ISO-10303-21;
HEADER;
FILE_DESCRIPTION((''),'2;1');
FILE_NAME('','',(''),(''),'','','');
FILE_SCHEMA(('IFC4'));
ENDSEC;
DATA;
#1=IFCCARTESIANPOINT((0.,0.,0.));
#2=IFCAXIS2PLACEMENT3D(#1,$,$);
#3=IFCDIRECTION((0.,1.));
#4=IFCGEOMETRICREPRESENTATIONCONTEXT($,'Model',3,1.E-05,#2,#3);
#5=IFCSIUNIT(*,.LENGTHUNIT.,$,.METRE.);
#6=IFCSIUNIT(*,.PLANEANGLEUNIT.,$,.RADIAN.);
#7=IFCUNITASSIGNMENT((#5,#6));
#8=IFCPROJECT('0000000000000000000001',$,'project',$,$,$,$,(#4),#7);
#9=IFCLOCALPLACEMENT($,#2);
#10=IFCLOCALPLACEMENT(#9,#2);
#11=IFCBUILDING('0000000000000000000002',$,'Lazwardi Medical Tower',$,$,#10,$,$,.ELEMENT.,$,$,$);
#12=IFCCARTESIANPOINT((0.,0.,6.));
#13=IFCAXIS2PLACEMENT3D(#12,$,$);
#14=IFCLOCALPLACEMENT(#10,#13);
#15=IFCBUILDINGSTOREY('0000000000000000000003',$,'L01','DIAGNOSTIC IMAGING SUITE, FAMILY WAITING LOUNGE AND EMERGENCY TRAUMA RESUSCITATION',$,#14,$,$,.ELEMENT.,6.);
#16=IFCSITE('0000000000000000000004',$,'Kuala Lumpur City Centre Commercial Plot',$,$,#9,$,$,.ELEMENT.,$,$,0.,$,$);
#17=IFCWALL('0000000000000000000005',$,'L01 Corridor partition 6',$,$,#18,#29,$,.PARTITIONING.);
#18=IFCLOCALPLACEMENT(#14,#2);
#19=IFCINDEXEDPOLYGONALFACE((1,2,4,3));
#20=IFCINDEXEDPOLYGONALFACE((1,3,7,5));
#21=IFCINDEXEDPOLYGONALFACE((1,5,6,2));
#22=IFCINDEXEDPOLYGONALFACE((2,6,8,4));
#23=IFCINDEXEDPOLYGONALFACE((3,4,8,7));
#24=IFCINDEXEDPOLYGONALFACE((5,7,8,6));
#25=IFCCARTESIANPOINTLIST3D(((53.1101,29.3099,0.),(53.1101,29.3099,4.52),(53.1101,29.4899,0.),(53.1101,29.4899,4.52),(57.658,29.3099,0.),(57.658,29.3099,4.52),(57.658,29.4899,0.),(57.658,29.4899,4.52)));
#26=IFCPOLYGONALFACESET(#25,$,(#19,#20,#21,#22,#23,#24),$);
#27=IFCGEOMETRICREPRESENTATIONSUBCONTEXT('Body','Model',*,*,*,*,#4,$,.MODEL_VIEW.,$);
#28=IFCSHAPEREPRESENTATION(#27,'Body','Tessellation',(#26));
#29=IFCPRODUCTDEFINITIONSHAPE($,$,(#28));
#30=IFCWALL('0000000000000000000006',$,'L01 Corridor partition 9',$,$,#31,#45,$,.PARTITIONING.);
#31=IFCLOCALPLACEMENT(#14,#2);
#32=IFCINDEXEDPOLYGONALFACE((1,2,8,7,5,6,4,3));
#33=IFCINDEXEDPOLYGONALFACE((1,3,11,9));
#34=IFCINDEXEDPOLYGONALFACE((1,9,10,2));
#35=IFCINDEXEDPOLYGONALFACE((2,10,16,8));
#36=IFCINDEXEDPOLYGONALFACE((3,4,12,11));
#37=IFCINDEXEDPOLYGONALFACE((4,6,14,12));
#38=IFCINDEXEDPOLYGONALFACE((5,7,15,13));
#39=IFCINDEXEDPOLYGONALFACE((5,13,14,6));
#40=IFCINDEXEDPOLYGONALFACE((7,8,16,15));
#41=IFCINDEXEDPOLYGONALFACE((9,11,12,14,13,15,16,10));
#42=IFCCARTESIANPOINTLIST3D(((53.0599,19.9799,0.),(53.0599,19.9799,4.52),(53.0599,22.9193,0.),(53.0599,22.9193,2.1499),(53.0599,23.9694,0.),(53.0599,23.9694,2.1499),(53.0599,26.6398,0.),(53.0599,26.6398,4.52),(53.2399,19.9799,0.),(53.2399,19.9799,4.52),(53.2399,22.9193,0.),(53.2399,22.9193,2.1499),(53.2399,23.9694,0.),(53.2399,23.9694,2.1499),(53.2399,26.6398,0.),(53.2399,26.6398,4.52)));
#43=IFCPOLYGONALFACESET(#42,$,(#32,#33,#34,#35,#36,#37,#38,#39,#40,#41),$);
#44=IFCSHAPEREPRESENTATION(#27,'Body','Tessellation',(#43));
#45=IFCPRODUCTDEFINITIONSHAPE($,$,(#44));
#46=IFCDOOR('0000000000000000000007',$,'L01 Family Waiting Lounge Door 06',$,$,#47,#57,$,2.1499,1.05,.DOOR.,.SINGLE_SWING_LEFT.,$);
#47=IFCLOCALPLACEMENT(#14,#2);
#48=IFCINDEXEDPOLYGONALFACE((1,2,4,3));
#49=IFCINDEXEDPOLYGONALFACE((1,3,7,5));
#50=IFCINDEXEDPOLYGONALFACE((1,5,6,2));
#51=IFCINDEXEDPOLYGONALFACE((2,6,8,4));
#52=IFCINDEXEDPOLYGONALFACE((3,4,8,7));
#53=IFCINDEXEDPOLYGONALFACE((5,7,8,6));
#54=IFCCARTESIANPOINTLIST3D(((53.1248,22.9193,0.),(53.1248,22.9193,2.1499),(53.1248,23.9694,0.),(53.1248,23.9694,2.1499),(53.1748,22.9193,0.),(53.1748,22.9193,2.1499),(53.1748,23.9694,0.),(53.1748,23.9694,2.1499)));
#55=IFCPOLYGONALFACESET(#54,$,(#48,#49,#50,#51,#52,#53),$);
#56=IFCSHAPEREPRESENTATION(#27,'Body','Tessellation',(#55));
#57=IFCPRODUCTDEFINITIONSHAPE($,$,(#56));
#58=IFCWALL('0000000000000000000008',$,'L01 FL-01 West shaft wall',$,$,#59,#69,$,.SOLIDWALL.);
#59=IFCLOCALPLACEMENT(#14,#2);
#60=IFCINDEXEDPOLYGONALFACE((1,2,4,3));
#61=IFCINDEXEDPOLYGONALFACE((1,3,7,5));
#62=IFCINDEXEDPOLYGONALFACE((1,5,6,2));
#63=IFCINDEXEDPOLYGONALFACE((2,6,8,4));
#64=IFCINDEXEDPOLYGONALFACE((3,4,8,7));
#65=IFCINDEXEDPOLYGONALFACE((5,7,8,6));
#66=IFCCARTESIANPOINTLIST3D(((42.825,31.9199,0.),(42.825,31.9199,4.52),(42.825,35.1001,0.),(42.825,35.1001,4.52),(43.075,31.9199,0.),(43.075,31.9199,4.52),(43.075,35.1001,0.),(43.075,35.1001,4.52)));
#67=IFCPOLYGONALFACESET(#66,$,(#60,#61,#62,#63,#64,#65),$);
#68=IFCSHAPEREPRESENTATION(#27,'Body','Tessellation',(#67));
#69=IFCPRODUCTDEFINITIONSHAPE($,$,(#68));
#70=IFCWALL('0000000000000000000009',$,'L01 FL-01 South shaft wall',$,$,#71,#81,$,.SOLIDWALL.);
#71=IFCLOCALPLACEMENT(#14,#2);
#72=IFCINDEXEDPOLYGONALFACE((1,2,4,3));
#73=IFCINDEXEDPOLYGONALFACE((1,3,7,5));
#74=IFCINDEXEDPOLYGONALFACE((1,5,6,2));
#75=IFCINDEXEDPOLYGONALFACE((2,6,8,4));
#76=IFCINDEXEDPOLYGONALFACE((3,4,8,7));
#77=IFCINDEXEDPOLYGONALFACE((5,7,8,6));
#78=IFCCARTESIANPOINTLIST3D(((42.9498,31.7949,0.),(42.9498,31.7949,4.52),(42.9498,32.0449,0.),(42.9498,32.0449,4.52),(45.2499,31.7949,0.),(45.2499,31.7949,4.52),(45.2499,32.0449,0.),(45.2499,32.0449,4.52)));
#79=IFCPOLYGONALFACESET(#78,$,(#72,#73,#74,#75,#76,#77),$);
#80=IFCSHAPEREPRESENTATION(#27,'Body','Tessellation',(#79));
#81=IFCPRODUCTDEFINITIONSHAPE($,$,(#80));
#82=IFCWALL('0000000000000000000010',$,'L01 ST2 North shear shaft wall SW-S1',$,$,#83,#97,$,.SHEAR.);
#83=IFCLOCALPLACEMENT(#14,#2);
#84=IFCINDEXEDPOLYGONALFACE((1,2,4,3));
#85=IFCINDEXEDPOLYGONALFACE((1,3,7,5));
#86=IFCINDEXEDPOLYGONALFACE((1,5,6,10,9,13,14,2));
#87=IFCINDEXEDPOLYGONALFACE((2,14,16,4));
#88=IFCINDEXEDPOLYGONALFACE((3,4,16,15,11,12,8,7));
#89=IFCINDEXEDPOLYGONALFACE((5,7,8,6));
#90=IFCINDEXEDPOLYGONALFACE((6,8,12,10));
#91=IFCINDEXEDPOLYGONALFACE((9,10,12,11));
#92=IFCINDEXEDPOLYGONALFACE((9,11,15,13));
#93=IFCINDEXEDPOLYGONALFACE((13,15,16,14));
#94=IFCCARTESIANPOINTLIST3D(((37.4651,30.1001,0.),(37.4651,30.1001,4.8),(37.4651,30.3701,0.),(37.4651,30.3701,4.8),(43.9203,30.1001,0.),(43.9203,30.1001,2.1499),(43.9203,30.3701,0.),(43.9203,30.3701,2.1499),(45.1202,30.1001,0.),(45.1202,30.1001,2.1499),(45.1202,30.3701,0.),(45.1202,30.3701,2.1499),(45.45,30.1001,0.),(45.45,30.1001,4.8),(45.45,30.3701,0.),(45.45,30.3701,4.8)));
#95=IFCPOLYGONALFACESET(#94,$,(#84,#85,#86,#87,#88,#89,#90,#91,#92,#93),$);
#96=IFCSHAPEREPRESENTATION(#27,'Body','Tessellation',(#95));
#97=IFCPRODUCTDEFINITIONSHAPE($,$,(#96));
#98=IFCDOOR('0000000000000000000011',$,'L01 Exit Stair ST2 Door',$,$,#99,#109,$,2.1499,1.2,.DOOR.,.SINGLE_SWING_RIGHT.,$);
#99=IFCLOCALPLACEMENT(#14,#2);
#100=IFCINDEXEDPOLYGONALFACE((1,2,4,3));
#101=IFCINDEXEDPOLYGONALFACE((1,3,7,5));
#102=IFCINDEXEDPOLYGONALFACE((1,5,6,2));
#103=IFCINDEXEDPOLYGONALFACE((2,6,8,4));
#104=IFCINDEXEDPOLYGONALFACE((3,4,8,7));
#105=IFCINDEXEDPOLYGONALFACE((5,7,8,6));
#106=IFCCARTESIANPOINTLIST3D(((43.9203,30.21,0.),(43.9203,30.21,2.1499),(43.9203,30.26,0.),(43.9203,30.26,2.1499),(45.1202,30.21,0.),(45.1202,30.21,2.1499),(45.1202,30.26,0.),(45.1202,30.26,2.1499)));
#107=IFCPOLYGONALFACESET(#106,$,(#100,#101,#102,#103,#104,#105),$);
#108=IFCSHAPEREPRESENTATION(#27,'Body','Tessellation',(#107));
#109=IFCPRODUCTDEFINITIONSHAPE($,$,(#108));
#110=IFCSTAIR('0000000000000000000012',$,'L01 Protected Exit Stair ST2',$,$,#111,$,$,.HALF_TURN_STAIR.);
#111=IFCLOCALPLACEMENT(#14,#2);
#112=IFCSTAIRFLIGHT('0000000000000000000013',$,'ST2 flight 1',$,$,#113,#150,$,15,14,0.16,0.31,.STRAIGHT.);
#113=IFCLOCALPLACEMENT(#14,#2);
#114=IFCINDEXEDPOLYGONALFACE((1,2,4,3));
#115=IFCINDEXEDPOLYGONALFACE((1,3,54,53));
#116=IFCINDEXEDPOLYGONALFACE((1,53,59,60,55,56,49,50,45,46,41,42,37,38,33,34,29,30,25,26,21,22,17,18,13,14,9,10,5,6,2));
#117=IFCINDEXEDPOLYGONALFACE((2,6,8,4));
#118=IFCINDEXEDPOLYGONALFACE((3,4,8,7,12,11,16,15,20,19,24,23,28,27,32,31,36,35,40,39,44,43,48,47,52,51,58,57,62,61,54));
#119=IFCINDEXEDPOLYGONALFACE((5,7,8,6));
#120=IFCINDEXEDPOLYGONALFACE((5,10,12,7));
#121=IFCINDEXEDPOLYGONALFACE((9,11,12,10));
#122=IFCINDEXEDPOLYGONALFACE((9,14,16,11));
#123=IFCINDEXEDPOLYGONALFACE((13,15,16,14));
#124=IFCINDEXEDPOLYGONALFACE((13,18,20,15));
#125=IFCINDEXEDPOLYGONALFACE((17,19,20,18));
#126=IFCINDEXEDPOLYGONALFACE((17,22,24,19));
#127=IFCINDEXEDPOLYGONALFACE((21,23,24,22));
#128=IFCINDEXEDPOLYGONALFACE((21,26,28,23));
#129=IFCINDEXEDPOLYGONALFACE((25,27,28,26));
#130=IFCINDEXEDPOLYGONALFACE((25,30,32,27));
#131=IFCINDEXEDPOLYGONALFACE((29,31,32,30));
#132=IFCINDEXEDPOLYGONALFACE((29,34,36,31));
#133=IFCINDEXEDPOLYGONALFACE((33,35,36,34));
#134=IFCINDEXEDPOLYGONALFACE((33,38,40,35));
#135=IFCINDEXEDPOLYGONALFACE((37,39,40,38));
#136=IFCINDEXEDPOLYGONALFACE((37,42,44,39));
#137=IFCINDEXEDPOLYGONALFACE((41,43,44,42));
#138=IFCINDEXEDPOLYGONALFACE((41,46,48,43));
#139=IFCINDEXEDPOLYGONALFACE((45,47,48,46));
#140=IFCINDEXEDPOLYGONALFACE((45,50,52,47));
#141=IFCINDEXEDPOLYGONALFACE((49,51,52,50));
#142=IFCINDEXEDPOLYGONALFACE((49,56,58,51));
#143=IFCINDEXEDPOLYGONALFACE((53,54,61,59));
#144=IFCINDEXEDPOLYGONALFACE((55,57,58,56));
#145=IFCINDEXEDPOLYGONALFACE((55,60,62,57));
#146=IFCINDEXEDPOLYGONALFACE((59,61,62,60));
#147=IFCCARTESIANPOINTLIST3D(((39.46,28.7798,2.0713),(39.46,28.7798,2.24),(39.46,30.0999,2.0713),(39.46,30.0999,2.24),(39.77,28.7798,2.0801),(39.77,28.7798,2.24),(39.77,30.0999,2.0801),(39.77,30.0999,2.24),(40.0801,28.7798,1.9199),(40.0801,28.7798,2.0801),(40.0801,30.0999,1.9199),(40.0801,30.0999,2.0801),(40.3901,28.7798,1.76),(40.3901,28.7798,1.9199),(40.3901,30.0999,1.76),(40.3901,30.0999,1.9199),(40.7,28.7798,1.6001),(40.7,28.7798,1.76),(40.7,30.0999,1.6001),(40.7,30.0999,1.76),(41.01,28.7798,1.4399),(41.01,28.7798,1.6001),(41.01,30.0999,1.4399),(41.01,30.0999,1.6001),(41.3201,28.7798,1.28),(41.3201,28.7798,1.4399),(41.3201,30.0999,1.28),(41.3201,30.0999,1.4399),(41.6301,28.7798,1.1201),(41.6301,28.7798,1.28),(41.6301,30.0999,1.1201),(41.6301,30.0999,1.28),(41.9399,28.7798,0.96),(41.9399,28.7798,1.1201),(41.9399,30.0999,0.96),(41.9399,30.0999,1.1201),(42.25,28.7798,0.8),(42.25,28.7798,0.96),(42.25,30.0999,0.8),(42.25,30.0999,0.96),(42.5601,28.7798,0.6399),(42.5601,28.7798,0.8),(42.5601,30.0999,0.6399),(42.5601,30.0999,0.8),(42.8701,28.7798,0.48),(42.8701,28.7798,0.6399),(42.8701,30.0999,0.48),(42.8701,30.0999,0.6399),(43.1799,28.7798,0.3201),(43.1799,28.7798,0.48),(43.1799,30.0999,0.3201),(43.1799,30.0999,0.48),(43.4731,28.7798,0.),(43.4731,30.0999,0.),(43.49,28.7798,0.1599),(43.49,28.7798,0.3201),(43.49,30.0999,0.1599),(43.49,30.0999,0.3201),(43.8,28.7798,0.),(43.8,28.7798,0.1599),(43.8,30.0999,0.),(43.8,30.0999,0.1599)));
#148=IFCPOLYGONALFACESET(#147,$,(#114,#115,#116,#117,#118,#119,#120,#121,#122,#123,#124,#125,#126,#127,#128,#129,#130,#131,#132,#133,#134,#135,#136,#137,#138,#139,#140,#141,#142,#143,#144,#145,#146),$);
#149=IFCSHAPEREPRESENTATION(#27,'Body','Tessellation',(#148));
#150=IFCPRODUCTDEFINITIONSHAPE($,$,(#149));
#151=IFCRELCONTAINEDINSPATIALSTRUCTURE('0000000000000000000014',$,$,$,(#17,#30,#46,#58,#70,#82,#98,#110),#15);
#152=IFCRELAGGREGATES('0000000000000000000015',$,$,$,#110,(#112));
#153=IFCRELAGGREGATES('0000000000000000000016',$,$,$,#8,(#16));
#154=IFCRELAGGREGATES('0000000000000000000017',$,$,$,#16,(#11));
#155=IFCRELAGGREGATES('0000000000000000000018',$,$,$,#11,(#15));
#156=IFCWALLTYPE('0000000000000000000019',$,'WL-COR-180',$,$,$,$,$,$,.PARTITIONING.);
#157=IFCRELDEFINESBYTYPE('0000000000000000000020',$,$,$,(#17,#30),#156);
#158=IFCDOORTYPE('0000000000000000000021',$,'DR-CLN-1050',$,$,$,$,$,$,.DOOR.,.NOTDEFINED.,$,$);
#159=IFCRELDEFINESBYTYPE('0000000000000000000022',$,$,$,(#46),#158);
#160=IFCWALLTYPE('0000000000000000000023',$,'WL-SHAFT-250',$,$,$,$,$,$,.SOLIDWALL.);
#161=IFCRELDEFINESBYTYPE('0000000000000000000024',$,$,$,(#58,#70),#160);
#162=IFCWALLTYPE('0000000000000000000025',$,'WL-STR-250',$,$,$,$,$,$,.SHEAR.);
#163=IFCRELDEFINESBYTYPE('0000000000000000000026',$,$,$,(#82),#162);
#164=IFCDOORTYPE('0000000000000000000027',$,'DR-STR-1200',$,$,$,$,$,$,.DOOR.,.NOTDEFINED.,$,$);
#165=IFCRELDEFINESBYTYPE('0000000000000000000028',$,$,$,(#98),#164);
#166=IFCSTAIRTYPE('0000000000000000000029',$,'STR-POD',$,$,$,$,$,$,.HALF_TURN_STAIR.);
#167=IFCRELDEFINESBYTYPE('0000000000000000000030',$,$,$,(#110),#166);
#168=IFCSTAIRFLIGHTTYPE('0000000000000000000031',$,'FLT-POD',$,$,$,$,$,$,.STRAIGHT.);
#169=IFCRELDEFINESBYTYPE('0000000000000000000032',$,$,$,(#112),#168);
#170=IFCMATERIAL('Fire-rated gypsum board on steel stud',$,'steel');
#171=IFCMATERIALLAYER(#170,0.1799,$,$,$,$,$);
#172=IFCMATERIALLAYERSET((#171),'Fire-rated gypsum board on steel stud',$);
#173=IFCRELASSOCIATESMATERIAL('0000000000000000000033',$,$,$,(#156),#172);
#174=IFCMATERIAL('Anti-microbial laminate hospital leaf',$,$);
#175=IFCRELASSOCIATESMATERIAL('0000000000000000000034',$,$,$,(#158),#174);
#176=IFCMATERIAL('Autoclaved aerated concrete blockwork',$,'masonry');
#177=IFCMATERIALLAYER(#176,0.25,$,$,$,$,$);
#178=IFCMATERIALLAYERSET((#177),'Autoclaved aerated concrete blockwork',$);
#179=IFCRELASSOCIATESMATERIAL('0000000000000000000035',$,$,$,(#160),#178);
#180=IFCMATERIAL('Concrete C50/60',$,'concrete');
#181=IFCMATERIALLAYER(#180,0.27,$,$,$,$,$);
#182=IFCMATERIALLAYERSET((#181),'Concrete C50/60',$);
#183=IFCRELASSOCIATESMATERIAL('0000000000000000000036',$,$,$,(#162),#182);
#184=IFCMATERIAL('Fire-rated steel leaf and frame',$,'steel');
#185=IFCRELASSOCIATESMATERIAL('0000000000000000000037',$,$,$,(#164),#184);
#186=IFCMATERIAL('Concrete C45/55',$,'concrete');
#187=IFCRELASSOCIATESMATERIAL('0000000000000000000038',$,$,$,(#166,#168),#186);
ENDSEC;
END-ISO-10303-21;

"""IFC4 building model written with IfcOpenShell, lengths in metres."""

from ifc_helpers import new_model, si_unit, direction, frame, frame_2d, origin, place, context, subcontext, project, spatial, polyline, rectangle, outline, extrude, material, layer, layer_set, type_object, element, fill, aggregate, save


model = new_model("IFC4")

# Units and contexts
model_context = context("Model", 3, precision=1e-05, world=origin(), true_north=direction((0.0, 1.0)))
body_context = subcontext(model_context, "Body", "Model", "MODEL_VIEW")
ifc_project = project(units=[si_unit("LENGTHUNIT", "METRE"), si_unit("PLANEANGLEUNIT", "RADIAN")], contexts=[model_context])

# Site, building, storey
site_placement = place(None, origin())
site = spatial("IfcSite", under=ifc_project, at=site_placement, Name="Kuala Lumpur City Centre Commercial Plot", CompositionType="ELEMENT", RefElevation=0.0)
building_placement = place(site_placement, origin())
building = spatial("IfcBuilding", under=site, at=building_placement, Name="Lazwardi Medical Tower", CompositionType="ELEMENT")
storey_placement = place(building_placement, frame((0.0, 0.0, 6.0)))
storey = spatial("IfcBuildingStorey", under=building, at=storey_placement, Name="L01", Description="DIAGNOSTIC IMAGING SUITE, FAMILY WAITING LOUNGE AND EMERGENCY TRAUMA RESUSCITATION", CompositionType="ELEMENT", Elevation=6.0)

# Wall
ifc_material_1 = material(Name="Fire-rated gypsum board on steel stud", Category="steel")
ifc_layer_1 = layer(ifc_material_1, 0.1799)
ifc_layer_set_1 = layer_set([ifc_layer_1], Name="Fire-rated gypsum board on steel stud")
wall_type_1 = type_object("IfcWallType", Name="WL-COR-180", PredefinedType="PARTITIONING", material=ifc_layer_set_1)
wall_1_placement = place(storey_placement, frame((53.1101, 29.3999, 0.0), z_axis=(0.0, 0.0, 1.0), x_axis=(1.0, 0.0, 0.0)))
element("IfcWall", 1, at=wall_1_placement, inside=storey, type_object=wall_type_1, Name="L01 Corridor partition 6", PredefinedType="PARTITIONING", context=body_context, shape_type="SweptSolid", body=[
    extrude(rectangle(XDim=4.5479, YDim=0.1799, at=frame_2d((2.2739, 0.0))), origin(), (0.0, 0.0, 1.0), 4.52),
])

# Wall, opening, door
wall_2_placement = place(storey_placement, frame((53.1499, 26.6399, 0.0), z_axis=(0.0, 0.0, 1.0), x_axis=(0.0, -1.0, 0.0)))
wall_2 = element("IfcWall", 2, at=wall_2_placement, inside=storey, type_object=wall_type_1, Name="L01 Corridor partition 9", PredefinedType="PARTITIONING", context=body_context, shape_type="SweptSolid", body=[
    extrude(rectangle(XDim=6.6599, YDim=0.1799, at=frame_2d((3.3301, 0.0))), origin(), (0.0, 0.0, 1.0), 4.52),
])
opening_1_placement = place(wall_2_placement, frame((2.6707, 0.0, 0.0)))
opening_1 = element("IfcOpeningElement", 3, at=opening_1_placement, cuts=wall_2, PredefinedType="OPENING", context=body_context, shape_type="SweptSolid", body=[
    extrude(rectangle(XDim=1.05, YDim=2.1499, at=frame_2d((0.5249, 1.075))), frame((0.0, 0.0999, 0.0), z_axis=(0.0, -1.0, 0.0), x_axis=(1.0, 0.0, 0.0)), (0.0, 0.0, 1.0), 0.2),
])
ifc_material_2 = material(Name="Anti-microbial laminate hospital leaf")
door_type_1 = type_object("IfcDoorType", Name="DR-CLN-1050", OperationType="NOTDEFINED", PredefinedType="DOOR", material=ifc_material_2)
door_1_placement = place(opening_1_placement, origin())
door_1 = element("IfcDoor", 4, at=door_1_placement, inside=storey, type_object=door_type_1, Name="L01 Family Waiting Lounge Door 06", OperationType="SINGLE_SWING_LEFT", OverallHeight=2.1499, OverallWidth=1.05, PredefinedType="DOOR", context=body_context, shape_type="SweptSolid", body=[
    extrude(rectangle(XDim=1.05, YDim=2.1499, at=frame_2d((0.5249, 1.075))), frame((0.0, 0.0249, 0.0), z_axis=(0.0, -1.0, 0.0), x_axis=(1.0, 0.0, 0.0)), (0.0, 0.0, 1.0), 0.05),
])
fill(opening_1, door_1)

# Walls
ifc_material_3 = material(Name="Autoclaved aerated concrete blockwork", Category="masonry")
ifc_layer_2 = layer(ifc_material_3, 0.25)
ifc_layer_set_2 = layer_set([ifc_layer_2], Name="Autoclaved aerated concrete blockwork")
wall_type_2 = type_object("IfcWallType", Name="WL-SHAFT-250", PredefinedType="SOLIDWALL", material=ifc_layer_set_2)
wall_3_placement = place(storey_placement, frame((42.95, 31.9199, 0.0), z_axis=(0.0, 0.0, 1.0), x_axis=(0.0, 1.0, 0.0)))
element("IfcWall", 5, at=wall_3_placement, inside=storey, type_object=wall_type_2, Name="L01 FL-01 West shaft wall", PredefinedType="SOLIDWALL", context=body_context, shape_type="SweptSolid", body=[
    extrude(rectangle(XDim=3.1802, YDim=0.25, at=frame_2d((1.5901, 0.0))), origin(), (0.0, 0.0, 1.0), 4.52),
])
wall_4_placement = place(storey_placement, frame((42.95, 31.9199, 0.0), z_axis=(0.0, 0.0, 1.0), x_axis=(1.0, 0.0, 0.0)))
element("IfcWall", 6, at=wall_4_placement, inside=storey, type_object=wall_type_2, Name="L01 FL-01 South shaft wall", PredefinedType="SOLIDWALL", context=body_context, shape_type="SweptSolid", body=[
    extrude(rectangle(XDim=2.3, YDim=0.25, at=frame_2d((1.1499, 0.0))), origin(), (0.0, 0.0, 1.0), 4.52),
])

# Wall, opening, door
ifc_material_4 = material(Name="Concrete C50/60", Category="concrete")
ifc_layer_3 = layer(ifc_material_4, 0.27)
ifc_layer_set_3 = layer_set([ifc_layer_3], Name="Concrete C50/60")
wall_type_3 = type_object("IfcWallType", Name="WL-STR-250", PredefinedType="SHEAR", material=ifc_layer_set_3)
wall_5_placement = place(storey_placement, frame((37.4651, 30.2351, 0.0), z_axis=(0.0, 0.0, 1.0), x_axis=(1.0, 0.0, 0.0)))
wall_5 = element("IfcWall", 7, at=wall_5_placement, inside=storey, type_object=wall_type_3, Name="L01 ST2 North shear shaft wall SW-S1", PredefinedType="SHEAR", context=body_context, shape_type="SweptSolid", body=[
    extrude(rectangle(XDim=7.9849, YDim=0.27, at=frame_2d((3.9924, 0.0))), origin(), (0.0, 0.0, 1.0), 4.8),
])
opening_2_placement = place(wall_5_placement, frame((6.4551, 0.0, 0.0)))
opening_2 = element("IfcOpeningElement", 8, at=opening_2_placement, cuts=wall_5, PredefinedType="OPENING", context=body_context, shape_type="SweptSolid", body=[
    extrude(rectangle(XDim=1.2, YDim=2.1499, at=frame_2d((0.6001, 1.075))), frame((0.0, 0.145, 0.0), z_axis=(0.0, -1.0, 0.0), x_axis=(1.0, 0.0, 0.0)), (0.0, 0.0, 1.0), 0.29),
])
ifc_material_5 = material(Name="Fire-rated steel leaf and frame", Category="steel")
door_type_2 = type_object("IfcDoorType", Name="DR-STR-1200", OperationType="NOTDEFINED", PredefinedType="DOOR", material=ifc_material_5)
door_2_placement = place(opening_2_placement, origin())
door_2 = element("IfcDoor", 9, at=door_2_placement, inside=storey, type_object=door_type_2, Name="L01 Exit Stair ST2 Door", OperationType="SINGLE_SWING_RIGHT", OverallHeight=2.1499, OverallWidth=1.2, PredefinedType="DOOR", context=body_context, shape_type="SweptSolid", body=[
    extrude(rectangle(XDim=1.2, YDim=2.1499, at=frame_2d((0.6001, 1.075))), frame((0.0, 0.0249, 0.0), z_axis=(0.0, -1.0, 0.0), x_axis=(1.0, 0.0, 0.0)), (0.0, 0.0, 1.0), 0.05),
])
fill(opening_2, door_2)

# Stair, stair flight
ifc_material_6 = material(Name="Concrete C45/55", Category="concrete")
stair_type = type_object("IfcStairType", Name="STR-POD", PredefinedType="HALF_TURN_STAIR", material=ifc_material_6)
stair_1_placement = place(storey_placement, origin())
stair_1 = element("IfcStair", 10, at=stair_1_placement, inside=storey, type_object=stair_type, Name="L01 Protected Exit Stair ST2", PredefinedType="HALF_TURN_STAIR")
stair_flight_type = type_object("IfcStairFlightType", Name="FLT-POD", PredefinedType="STRAIGHT", material=ifc_material_6)
stair_flight_1_placement = place(storey_placement, frame((43.8, 29.4399, 0.0), z_axis=(0.0, 0.0, 1.0), x_axis=(-1.0, 0.0, 0.0)))
stair_flight_1 = element("IfcStairFlight", 11, at=stair_flight_1_placement, type_object=stair_flight_type, Name="ST2 flight 1", NumberOfRisers=15, NumberOfTreads=14, PredefinedType="STRAIGHT", RiserHeight=0.16, TreadLength=0.31, context=body_context, shape_type="SweptSolid", body=[
    extrude(outline(polyline([(0.0, 0.0), (0.0, 0.1599), (0.3101, 0.1599), (0.3101, 0.3201), (0.6201, 0.3201), (0.6201, 0.48), (0.9299, 0.48), (0.9299, 0.6399), (1.24, 0.6399), (1.24, 0.8), (1.55, 0.8), (1.55, 0.96), (1.8601, 0.96), (1.8601, 1.1201), (2.1699, 1.1201), (2.1699, 1.28), (2.48, 1.28), (2.48, 1.4399), (2.79, 1.4399), (2.79, 1.6001), (3.1001, 1.6001), (3.1001, 1.76), (3.4099, 1.76), (3.4099, 1.9199), (3.72, 1.9199), (3.72, 2.0801), (4.03, 2.0801), (4.03, 2.24), (4.3401, 2.24), (4.3401, 2.3999), (4.3401, 2.0713), (0.3269, 0.0), (0.0, 0.0)])), frame((0.0, 0.6602, 0.0), z_axis=(0.0, -1.0, 0.0), x_axis=(1.0, 0.0, 0.0)), (0.0, 0.0, 1.0), 1.3201),
])
aggregate(stair_1, [stair_flight_1])

save(model, "model.ifc")
